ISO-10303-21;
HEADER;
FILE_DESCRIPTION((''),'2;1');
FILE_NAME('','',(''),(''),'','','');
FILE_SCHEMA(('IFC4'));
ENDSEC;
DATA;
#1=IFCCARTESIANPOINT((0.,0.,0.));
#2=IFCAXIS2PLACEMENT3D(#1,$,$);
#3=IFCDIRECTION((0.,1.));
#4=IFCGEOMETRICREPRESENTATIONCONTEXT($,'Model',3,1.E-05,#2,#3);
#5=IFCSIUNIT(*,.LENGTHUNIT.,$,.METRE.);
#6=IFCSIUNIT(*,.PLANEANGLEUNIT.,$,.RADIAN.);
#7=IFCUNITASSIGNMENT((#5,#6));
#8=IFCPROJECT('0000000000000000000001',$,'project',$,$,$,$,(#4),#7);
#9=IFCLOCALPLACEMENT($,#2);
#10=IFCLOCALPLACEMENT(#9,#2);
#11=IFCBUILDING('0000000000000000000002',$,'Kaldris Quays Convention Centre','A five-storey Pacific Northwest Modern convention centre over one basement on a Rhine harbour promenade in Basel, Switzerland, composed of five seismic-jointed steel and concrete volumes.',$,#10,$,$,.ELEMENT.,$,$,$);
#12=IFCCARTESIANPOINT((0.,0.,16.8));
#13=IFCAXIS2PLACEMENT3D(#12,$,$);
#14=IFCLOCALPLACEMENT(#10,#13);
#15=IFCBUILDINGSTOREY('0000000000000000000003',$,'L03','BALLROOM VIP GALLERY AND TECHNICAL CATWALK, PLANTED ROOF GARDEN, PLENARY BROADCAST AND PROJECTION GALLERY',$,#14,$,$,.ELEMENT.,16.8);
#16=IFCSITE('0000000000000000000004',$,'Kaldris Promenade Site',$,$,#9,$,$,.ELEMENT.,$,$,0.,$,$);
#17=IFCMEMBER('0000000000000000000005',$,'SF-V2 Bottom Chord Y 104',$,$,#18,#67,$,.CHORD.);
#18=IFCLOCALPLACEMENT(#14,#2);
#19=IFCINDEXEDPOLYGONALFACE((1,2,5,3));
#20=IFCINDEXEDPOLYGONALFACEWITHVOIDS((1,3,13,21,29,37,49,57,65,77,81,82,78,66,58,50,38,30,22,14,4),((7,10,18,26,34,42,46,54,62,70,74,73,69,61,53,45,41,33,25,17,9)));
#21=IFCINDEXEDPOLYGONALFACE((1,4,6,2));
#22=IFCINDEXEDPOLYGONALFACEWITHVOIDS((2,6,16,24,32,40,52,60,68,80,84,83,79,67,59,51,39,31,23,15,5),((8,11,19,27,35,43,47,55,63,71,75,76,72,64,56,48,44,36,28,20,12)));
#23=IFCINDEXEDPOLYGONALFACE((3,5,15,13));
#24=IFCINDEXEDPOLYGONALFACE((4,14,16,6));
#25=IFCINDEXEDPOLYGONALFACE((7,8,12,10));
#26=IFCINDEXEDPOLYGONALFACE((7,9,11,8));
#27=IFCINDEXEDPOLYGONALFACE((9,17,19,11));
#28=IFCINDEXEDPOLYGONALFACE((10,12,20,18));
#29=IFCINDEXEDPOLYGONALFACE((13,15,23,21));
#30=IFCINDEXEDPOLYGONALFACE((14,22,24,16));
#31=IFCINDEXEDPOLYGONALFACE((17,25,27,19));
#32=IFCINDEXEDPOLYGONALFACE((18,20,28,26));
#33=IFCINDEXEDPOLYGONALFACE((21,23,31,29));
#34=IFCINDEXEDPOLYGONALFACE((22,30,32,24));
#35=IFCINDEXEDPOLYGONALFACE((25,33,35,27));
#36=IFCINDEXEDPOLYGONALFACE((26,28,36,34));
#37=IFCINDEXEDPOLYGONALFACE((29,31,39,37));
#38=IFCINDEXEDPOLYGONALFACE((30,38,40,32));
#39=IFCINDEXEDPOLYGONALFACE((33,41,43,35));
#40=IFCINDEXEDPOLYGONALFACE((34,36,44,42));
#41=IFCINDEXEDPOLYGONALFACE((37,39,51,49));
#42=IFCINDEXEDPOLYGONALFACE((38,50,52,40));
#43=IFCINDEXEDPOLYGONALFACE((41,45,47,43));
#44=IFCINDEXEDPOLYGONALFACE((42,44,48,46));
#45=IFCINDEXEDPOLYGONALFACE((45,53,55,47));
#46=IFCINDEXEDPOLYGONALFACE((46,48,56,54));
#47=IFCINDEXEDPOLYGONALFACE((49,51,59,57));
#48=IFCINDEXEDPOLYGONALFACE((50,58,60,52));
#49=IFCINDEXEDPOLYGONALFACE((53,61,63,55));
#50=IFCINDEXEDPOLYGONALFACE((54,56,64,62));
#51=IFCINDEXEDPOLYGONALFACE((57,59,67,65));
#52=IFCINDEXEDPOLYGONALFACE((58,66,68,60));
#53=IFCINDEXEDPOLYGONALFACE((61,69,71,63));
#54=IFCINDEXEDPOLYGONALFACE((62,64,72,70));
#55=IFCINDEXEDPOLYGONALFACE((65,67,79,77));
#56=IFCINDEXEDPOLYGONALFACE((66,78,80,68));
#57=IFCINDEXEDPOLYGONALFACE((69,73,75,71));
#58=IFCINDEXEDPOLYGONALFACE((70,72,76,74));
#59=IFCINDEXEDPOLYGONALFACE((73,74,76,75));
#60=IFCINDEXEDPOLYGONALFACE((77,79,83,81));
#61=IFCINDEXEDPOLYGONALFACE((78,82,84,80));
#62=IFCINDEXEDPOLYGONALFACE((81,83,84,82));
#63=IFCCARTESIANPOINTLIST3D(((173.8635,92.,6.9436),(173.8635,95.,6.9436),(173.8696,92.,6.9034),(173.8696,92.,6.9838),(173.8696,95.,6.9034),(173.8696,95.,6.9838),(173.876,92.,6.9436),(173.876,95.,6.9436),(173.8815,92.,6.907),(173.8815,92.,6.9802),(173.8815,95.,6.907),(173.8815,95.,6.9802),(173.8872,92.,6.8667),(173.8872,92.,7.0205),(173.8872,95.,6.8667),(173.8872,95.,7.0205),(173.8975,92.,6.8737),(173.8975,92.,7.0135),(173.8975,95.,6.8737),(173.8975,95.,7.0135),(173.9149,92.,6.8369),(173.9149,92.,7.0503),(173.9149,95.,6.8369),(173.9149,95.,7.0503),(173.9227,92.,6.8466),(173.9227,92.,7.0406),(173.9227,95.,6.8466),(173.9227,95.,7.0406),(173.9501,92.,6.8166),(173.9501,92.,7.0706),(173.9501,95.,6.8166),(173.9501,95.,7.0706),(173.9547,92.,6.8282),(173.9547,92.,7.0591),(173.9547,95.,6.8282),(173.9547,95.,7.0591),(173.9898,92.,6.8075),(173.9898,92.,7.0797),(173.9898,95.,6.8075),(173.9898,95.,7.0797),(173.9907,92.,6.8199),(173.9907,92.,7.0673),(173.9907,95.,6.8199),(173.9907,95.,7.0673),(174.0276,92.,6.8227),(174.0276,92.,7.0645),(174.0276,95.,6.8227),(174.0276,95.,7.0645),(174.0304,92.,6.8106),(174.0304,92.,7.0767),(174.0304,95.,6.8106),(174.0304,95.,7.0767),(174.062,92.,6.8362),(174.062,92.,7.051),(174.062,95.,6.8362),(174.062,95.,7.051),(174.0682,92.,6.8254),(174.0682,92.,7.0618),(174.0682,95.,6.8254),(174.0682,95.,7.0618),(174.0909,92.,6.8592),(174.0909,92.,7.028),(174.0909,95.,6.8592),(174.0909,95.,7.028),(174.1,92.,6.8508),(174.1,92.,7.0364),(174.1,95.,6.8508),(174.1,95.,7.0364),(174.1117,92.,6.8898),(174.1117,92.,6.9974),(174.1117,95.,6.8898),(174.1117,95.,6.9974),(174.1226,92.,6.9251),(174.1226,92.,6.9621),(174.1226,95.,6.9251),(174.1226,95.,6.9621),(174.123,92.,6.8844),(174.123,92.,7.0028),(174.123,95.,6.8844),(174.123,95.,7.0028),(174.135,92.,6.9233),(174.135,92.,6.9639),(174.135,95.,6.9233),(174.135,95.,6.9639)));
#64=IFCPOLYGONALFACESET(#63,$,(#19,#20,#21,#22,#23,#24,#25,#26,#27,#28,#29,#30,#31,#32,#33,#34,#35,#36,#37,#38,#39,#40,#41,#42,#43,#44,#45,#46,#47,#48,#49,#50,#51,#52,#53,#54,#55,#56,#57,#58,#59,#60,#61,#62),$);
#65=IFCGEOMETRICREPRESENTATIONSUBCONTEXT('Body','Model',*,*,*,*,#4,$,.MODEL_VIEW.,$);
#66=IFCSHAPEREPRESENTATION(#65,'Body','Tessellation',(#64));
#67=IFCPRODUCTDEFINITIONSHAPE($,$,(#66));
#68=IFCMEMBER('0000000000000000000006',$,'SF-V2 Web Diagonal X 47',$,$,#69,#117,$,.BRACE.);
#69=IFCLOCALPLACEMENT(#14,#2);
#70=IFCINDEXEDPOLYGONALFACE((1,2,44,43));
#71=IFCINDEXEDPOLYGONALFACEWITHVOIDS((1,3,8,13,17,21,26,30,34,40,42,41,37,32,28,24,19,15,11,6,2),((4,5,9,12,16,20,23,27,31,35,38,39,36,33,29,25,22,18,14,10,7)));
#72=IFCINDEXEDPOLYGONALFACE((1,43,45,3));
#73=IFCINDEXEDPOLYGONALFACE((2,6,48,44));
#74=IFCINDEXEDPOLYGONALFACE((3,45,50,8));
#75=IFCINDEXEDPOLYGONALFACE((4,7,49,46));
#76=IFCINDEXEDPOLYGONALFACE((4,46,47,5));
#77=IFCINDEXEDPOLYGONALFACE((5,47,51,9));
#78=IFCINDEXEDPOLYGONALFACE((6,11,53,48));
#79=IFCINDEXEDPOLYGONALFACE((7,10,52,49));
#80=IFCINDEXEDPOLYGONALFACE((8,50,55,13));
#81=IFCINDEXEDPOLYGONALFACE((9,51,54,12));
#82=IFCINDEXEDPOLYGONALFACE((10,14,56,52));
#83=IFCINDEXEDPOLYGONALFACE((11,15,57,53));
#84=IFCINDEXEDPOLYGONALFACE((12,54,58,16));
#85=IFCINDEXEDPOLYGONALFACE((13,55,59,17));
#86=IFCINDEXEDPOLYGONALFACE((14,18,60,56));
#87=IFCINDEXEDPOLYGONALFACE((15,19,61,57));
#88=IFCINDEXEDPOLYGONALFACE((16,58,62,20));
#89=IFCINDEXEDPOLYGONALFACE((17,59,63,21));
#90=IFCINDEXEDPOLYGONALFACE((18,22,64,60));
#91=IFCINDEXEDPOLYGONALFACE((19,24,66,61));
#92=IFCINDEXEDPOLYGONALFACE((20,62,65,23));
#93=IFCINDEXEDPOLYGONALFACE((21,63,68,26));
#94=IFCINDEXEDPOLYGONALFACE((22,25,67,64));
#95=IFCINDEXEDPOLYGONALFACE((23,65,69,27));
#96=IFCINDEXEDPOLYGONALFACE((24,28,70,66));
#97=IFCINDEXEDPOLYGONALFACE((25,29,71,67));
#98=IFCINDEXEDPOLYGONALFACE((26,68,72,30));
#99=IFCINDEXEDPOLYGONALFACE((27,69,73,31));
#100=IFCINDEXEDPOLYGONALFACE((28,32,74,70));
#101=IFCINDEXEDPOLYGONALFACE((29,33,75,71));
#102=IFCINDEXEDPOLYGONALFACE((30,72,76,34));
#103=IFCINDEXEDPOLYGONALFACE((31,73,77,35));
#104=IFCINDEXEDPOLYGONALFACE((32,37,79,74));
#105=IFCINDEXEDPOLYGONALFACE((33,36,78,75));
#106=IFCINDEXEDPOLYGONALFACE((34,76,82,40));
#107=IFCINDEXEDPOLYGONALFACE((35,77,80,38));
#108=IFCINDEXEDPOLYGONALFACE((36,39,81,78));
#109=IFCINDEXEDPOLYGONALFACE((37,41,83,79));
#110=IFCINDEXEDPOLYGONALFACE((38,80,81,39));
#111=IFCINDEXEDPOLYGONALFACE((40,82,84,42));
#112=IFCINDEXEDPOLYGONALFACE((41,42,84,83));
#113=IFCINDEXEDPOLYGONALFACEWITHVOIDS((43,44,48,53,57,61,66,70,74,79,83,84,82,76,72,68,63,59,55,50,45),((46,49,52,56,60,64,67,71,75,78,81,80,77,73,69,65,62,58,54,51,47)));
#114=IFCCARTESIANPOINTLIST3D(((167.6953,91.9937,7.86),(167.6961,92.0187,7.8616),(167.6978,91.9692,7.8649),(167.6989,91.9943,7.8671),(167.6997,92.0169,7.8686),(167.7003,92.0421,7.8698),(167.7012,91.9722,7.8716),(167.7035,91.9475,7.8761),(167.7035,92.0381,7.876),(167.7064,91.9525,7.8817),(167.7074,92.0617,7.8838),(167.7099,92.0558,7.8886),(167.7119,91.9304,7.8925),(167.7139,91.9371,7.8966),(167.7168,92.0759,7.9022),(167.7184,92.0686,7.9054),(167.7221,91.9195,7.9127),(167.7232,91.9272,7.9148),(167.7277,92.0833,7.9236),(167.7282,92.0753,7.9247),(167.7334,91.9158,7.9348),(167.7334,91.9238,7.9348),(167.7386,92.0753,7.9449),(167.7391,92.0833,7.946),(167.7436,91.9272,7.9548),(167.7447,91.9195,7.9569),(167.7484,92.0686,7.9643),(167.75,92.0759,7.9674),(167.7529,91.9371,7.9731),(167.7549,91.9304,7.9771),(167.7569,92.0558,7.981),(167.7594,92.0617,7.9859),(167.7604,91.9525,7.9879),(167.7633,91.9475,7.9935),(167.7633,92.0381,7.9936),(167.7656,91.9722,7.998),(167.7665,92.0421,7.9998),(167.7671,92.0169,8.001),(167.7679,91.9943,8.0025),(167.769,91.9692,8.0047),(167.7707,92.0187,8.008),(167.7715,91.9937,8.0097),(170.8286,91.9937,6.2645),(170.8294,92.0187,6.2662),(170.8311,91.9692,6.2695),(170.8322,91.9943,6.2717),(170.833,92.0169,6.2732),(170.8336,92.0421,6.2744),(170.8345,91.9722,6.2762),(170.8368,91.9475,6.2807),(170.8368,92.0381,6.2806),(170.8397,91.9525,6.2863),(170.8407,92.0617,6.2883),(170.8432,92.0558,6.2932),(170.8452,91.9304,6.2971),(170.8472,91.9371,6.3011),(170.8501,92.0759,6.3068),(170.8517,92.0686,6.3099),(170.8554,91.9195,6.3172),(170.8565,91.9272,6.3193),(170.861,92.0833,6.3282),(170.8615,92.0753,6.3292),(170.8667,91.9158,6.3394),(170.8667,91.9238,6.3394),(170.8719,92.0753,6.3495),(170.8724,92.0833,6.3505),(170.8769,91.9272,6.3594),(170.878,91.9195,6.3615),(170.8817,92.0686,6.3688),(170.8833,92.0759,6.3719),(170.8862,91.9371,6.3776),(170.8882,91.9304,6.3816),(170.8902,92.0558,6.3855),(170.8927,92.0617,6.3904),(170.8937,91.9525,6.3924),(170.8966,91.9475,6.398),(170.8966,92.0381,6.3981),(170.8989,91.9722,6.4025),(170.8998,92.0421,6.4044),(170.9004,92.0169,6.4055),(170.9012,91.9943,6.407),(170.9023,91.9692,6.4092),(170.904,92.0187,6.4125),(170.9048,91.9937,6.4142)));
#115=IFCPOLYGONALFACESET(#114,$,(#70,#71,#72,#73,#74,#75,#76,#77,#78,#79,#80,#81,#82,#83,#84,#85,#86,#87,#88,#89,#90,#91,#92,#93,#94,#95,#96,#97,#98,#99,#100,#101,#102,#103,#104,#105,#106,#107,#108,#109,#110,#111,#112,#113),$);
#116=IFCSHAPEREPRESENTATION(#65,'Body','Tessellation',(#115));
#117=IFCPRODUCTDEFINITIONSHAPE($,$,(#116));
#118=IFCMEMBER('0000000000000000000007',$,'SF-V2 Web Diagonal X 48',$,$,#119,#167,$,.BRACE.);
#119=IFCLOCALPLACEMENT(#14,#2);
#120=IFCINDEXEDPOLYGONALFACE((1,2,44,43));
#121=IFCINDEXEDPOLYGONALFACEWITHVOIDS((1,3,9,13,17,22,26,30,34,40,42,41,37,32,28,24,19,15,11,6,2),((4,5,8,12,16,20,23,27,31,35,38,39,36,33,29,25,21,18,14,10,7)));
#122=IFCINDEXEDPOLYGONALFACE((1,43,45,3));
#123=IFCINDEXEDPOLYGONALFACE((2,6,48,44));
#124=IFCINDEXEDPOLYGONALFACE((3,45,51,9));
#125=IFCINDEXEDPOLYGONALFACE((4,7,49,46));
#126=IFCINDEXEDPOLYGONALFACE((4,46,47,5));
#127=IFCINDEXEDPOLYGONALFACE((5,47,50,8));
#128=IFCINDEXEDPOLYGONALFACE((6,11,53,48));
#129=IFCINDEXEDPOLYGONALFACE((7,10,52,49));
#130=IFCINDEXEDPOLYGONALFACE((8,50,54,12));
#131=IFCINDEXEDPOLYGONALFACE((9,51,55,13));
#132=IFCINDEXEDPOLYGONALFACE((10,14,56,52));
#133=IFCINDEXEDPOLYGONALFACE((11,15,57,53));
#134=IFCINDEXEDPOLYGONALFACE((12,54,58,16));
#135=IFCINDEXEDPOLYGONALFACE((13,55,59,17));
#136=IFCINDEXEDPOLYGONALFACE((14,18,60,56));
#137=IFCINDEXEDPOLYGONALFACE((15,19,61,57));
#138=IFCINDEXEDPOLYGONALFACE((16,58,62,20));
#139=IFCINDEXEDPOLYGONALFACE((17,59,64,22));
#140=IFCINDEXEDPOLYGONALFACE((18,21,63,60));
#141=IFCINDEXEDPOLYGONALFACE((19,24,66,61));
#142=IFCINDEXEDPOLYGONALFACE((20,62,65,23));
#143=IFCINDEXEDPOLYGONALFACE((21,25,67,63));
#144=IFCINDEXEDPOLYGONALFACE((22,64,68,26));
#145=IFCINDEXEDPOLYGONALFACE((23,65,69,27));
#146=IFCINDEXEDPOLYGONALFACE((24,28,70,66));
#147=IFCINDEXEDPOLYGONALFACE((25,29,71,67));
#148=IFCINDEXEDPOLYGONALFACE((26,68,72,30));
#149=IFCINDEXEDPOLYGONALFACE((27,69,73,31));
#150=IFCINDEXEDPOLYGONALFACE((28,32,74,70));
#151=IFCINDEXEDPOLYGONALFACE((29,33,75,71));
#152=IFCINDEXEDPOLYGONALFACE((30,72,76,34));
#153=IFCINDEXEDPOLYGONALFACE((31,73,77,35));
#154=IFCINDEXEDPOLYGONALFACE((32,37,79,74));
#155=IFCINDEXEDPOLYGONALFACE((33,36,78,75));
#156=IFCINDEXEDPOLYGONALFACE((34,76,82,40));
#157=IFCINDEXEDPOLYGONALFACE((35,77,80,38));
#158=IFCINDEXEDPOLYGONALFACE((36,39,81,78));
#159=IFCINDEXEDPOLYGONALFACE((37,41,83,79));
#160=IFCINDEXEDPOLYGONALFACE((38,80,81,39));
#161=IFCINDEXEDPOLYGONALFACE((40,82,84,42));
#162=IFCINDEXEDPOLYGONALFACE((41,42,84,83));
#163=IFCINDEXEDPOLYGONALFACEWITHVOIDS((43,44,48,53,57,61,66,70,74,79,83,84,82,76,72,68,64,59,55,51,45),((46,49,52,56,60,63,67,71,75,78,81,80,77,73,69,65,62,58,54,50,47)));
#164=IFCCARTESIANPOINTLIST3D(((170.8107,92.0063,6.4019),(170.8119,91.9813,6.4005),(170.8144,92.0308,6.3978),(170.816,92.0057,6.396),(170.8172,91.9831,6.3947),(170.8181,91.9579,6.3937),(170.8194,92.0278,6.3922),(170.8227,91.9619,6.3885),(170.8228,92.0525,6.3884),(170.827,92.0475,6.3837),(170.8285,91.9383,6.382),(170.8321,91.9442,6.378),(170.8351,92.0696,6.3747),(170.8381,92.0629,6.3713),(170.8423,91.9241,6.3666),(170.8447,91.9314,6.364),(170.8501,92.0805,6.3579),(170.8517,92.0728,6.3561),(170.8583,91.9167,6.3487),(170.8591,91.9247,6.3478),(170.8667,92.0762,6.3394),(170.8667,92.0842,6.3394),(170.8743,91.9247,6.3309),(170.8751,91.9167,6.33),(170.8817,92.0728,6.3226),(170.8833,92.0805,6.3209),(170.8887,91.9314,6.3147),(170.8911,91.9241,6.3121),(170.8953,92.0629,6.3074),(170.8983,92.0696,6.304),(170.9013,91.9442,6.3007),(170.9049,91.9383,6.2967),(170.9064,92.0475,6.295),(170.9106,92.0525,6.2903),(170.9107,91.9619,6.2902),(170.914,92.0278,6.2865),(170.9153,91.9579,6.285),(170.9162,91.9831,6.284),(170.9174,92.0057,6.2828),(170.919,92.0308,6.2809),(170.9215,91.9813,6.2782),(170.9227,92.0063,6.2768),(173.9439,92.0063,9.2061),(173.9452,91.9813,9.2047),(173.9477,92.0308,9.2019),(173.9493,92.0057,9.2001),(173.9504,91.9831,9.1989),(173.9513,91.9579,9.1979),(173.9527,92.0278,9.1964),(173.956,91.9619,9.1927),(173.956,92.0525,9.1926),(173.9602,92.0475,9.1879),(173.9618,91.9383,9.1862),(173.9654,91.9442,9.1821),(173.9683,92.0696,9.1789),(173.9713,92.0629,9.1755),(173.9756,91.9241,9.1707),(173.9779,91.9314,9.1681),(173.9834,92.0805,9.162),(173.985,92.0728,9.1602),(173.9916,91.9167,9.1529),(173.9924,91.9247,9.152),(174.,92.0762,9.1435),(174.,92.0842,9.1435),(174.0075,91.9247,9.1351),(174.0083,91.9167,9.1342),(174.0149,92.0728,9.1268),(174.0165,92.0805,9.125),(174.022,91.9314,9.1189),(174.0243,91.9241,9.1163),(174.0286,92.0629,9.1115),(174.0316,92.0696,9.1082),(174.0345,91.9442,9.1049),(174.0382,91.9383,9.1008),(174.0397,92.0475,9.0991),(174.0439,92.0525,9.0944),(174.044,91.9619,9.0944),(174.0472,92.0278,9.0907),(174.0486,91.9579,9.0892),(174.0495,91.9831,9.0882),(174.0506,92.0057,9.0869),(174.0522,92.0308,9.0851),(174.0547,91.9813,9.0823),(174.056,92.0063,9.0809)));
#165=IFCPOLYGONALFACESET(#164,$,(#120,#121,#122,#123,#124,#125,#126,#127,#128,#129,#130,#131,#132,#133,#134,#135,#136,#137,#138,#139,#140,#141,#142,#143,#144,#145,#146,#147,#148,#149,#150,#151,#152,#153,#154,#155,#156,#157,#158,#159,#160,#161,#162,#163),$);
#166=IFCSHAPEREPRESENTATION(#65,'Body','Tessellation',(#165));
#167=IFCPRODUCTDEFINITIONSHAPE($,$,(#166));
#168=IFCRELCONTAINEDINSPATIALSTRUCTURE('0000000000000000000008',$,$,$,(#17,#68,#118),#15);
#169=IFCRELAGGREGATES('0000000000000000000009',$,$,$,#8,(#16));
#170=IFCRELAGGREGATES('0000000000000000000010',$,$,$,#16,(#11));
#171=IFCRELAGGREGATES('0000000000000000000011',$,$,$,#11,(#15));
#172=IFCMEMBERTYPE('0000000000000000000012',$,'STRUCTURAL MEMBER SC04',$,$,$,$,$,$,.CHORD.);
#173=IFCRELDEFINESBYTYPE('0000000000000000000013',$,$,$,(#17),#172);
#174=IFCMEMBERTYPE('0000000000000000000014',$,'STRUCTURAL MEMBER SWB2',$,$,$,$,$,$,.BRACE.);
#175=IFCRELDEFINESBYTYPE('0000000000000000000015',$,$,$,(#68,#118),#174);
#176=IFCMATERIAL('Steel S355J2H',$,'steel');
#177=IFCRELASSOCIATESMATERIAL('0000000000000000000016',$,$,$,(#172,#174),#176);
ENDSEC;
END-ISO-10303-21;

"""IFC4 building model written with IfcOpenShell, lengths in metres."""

from ifc_helpers import new_model, si_unit, direction, frame, origin, origin_2d, place, context, subcontext, project, spatial, hollow_circle, extrude, material, material_profile, profile_set, type_object, element, save


model = new_model("IFC4")

# Units and contexts
model_context = context("Model", 3, precision=1e-05, world=origin(), true_north=direction((0.0, 1.0)))
body_context = subcontext(model_context, "Body", "Model", "MODEL_VIEW")
ifc_project = project(units=[si_unit("LENGTHUNIT", "METRE"), si_unit("PLANEANGLEUNIT", "RADIAN")], contexts=[model_context])

# Site, building, storey
site_placement = place(None, origin())
site = spatial("IfcSite", under=ifc_project, at=site_placement, Name="Kaldris Promenade Site", CompositionType="ELEMENT", RefElevation=0.0)
building_placement = place(site_placement, origin())
building = spatial("IfcBuilding", under=site, at=building_placement, Name="Kaldris Quays Convention Centre", Description="A five-storey Pacific Northwest Modern convention centre over one basement on a Rhine harbour promenade in Basel, Switzerland, composed of five seismic-jointed steel and concrete volumes.", CompositionType="ELEMENT")
storey_placement = place(building_placement, frame((0.0, 0.0, 16.8)))
storey = spatial("IfcBuildingStorey", under=building, at=storey_placement, Name="L03", Description="BALLROOM VIP GALLERY AND TECHNICAL CATWALK, PLANTED ROOF GARDEN, PLENARY BROADCAST AND PROJECTION GALLERY", CompositionType="ELEMENT", Elevation=16.8)

# Members
ifc_material_1 = material(Name="Steel S355J2H", Category="steel")
ifc_material_profile_1 = material_profile(ifc_material_1, hollow_circle(Radius=0.1365, WallThickness=0.0125, at=origin_2d()), Name="CHS 273x12.5")
ifc_profile_set_1 = profile_set([ifc_material_profile_1], Name="Steel S355J2H")
member_type_1 = type_object("IfcMemberType", Name="STRUCTURAL MEMBER SC04", PredefinedType="CHORD", material=ifc_profile_set_1)
for number, where, z_axis, x_axis, name in (
    (1, (174.0, 92.0, 6.9436), (0.0, 1.0, 0.0), (-1.0, 0.0, 0.0), "SF-V2 Bottom Chord Y 104"),
):
    element("IfcMember", number, at=place(storey_placement, frame(where, z_axis=z_axis, x_axis=x_axis)), inside=storey, type_object=member_type_1, Name=name, PredefinedType="CHORD", context=body_context, shape_type="SweptSolid", body=[
        extrude(hollow_circle(Radius=0.1365, WallThickness=0.0125, at=origin_2d()), origin(), (0.0, 0.0, 1.0), 3.0),
    ])
ifc_material_profile_2 = material_profile(ifc_material_1, hollow_circle(Radius=0.0842, WallThickness=0.0081, at=origin_2d()), Name="CHS 168.3x8")
ifc_profile_set_2 = profile_set([ifc_material_profile_2], Name="Steel S355J2H")
member_type_2 = type_object("IfcMemberType", Name="STRUCTURAL MEMBER SWB2", PredefinedType="BRACE", material=ifc_profile_set_2)
member_1_placement = place(storey_placement, frame((170.8667, 92.0, 6.3394), z_axis=(-0.891126, 0.0, 0.453756), x_axis=(0.0, -1.0, 0.0)))
element("IfcMember", 2, at=member_1_placement, inside=storey, type_object=member_type_2, Name="SF-V2 Web Diagonal X 47", PredefinedType="BRACE", context=body_context, shape_type="SweptSolid", body=[
    extrude(hollow_circle(Radius=0.0842, WallThickness=0.0081, at=origin_2d()), origin(), (0.0, 0.0, 1.0), 3.5161),
])
member_2_placement = place(storey_placement, frame((170.8667, 92.0, 6.3394), z_axis=(0.745156, 0.0, 0.66689), x_axis=(0.0, 1.0, 0.0)))
element("IfcMember", 3, at=member_2_placement, inside=storey, type_object=member_type_2, Name="SF-V2 Web Diagonal X 48", PredefinedType="BRACE", context=body_context, shape_type="SweptSolid", body=[
    extrude(hollow_circle(Radius=0.0842, WallThickness=0.0081, at=origin_2d()), origin(), (0.0, 0.0, 1.0), 4.2048),
])

save(model, "model.ifc")
